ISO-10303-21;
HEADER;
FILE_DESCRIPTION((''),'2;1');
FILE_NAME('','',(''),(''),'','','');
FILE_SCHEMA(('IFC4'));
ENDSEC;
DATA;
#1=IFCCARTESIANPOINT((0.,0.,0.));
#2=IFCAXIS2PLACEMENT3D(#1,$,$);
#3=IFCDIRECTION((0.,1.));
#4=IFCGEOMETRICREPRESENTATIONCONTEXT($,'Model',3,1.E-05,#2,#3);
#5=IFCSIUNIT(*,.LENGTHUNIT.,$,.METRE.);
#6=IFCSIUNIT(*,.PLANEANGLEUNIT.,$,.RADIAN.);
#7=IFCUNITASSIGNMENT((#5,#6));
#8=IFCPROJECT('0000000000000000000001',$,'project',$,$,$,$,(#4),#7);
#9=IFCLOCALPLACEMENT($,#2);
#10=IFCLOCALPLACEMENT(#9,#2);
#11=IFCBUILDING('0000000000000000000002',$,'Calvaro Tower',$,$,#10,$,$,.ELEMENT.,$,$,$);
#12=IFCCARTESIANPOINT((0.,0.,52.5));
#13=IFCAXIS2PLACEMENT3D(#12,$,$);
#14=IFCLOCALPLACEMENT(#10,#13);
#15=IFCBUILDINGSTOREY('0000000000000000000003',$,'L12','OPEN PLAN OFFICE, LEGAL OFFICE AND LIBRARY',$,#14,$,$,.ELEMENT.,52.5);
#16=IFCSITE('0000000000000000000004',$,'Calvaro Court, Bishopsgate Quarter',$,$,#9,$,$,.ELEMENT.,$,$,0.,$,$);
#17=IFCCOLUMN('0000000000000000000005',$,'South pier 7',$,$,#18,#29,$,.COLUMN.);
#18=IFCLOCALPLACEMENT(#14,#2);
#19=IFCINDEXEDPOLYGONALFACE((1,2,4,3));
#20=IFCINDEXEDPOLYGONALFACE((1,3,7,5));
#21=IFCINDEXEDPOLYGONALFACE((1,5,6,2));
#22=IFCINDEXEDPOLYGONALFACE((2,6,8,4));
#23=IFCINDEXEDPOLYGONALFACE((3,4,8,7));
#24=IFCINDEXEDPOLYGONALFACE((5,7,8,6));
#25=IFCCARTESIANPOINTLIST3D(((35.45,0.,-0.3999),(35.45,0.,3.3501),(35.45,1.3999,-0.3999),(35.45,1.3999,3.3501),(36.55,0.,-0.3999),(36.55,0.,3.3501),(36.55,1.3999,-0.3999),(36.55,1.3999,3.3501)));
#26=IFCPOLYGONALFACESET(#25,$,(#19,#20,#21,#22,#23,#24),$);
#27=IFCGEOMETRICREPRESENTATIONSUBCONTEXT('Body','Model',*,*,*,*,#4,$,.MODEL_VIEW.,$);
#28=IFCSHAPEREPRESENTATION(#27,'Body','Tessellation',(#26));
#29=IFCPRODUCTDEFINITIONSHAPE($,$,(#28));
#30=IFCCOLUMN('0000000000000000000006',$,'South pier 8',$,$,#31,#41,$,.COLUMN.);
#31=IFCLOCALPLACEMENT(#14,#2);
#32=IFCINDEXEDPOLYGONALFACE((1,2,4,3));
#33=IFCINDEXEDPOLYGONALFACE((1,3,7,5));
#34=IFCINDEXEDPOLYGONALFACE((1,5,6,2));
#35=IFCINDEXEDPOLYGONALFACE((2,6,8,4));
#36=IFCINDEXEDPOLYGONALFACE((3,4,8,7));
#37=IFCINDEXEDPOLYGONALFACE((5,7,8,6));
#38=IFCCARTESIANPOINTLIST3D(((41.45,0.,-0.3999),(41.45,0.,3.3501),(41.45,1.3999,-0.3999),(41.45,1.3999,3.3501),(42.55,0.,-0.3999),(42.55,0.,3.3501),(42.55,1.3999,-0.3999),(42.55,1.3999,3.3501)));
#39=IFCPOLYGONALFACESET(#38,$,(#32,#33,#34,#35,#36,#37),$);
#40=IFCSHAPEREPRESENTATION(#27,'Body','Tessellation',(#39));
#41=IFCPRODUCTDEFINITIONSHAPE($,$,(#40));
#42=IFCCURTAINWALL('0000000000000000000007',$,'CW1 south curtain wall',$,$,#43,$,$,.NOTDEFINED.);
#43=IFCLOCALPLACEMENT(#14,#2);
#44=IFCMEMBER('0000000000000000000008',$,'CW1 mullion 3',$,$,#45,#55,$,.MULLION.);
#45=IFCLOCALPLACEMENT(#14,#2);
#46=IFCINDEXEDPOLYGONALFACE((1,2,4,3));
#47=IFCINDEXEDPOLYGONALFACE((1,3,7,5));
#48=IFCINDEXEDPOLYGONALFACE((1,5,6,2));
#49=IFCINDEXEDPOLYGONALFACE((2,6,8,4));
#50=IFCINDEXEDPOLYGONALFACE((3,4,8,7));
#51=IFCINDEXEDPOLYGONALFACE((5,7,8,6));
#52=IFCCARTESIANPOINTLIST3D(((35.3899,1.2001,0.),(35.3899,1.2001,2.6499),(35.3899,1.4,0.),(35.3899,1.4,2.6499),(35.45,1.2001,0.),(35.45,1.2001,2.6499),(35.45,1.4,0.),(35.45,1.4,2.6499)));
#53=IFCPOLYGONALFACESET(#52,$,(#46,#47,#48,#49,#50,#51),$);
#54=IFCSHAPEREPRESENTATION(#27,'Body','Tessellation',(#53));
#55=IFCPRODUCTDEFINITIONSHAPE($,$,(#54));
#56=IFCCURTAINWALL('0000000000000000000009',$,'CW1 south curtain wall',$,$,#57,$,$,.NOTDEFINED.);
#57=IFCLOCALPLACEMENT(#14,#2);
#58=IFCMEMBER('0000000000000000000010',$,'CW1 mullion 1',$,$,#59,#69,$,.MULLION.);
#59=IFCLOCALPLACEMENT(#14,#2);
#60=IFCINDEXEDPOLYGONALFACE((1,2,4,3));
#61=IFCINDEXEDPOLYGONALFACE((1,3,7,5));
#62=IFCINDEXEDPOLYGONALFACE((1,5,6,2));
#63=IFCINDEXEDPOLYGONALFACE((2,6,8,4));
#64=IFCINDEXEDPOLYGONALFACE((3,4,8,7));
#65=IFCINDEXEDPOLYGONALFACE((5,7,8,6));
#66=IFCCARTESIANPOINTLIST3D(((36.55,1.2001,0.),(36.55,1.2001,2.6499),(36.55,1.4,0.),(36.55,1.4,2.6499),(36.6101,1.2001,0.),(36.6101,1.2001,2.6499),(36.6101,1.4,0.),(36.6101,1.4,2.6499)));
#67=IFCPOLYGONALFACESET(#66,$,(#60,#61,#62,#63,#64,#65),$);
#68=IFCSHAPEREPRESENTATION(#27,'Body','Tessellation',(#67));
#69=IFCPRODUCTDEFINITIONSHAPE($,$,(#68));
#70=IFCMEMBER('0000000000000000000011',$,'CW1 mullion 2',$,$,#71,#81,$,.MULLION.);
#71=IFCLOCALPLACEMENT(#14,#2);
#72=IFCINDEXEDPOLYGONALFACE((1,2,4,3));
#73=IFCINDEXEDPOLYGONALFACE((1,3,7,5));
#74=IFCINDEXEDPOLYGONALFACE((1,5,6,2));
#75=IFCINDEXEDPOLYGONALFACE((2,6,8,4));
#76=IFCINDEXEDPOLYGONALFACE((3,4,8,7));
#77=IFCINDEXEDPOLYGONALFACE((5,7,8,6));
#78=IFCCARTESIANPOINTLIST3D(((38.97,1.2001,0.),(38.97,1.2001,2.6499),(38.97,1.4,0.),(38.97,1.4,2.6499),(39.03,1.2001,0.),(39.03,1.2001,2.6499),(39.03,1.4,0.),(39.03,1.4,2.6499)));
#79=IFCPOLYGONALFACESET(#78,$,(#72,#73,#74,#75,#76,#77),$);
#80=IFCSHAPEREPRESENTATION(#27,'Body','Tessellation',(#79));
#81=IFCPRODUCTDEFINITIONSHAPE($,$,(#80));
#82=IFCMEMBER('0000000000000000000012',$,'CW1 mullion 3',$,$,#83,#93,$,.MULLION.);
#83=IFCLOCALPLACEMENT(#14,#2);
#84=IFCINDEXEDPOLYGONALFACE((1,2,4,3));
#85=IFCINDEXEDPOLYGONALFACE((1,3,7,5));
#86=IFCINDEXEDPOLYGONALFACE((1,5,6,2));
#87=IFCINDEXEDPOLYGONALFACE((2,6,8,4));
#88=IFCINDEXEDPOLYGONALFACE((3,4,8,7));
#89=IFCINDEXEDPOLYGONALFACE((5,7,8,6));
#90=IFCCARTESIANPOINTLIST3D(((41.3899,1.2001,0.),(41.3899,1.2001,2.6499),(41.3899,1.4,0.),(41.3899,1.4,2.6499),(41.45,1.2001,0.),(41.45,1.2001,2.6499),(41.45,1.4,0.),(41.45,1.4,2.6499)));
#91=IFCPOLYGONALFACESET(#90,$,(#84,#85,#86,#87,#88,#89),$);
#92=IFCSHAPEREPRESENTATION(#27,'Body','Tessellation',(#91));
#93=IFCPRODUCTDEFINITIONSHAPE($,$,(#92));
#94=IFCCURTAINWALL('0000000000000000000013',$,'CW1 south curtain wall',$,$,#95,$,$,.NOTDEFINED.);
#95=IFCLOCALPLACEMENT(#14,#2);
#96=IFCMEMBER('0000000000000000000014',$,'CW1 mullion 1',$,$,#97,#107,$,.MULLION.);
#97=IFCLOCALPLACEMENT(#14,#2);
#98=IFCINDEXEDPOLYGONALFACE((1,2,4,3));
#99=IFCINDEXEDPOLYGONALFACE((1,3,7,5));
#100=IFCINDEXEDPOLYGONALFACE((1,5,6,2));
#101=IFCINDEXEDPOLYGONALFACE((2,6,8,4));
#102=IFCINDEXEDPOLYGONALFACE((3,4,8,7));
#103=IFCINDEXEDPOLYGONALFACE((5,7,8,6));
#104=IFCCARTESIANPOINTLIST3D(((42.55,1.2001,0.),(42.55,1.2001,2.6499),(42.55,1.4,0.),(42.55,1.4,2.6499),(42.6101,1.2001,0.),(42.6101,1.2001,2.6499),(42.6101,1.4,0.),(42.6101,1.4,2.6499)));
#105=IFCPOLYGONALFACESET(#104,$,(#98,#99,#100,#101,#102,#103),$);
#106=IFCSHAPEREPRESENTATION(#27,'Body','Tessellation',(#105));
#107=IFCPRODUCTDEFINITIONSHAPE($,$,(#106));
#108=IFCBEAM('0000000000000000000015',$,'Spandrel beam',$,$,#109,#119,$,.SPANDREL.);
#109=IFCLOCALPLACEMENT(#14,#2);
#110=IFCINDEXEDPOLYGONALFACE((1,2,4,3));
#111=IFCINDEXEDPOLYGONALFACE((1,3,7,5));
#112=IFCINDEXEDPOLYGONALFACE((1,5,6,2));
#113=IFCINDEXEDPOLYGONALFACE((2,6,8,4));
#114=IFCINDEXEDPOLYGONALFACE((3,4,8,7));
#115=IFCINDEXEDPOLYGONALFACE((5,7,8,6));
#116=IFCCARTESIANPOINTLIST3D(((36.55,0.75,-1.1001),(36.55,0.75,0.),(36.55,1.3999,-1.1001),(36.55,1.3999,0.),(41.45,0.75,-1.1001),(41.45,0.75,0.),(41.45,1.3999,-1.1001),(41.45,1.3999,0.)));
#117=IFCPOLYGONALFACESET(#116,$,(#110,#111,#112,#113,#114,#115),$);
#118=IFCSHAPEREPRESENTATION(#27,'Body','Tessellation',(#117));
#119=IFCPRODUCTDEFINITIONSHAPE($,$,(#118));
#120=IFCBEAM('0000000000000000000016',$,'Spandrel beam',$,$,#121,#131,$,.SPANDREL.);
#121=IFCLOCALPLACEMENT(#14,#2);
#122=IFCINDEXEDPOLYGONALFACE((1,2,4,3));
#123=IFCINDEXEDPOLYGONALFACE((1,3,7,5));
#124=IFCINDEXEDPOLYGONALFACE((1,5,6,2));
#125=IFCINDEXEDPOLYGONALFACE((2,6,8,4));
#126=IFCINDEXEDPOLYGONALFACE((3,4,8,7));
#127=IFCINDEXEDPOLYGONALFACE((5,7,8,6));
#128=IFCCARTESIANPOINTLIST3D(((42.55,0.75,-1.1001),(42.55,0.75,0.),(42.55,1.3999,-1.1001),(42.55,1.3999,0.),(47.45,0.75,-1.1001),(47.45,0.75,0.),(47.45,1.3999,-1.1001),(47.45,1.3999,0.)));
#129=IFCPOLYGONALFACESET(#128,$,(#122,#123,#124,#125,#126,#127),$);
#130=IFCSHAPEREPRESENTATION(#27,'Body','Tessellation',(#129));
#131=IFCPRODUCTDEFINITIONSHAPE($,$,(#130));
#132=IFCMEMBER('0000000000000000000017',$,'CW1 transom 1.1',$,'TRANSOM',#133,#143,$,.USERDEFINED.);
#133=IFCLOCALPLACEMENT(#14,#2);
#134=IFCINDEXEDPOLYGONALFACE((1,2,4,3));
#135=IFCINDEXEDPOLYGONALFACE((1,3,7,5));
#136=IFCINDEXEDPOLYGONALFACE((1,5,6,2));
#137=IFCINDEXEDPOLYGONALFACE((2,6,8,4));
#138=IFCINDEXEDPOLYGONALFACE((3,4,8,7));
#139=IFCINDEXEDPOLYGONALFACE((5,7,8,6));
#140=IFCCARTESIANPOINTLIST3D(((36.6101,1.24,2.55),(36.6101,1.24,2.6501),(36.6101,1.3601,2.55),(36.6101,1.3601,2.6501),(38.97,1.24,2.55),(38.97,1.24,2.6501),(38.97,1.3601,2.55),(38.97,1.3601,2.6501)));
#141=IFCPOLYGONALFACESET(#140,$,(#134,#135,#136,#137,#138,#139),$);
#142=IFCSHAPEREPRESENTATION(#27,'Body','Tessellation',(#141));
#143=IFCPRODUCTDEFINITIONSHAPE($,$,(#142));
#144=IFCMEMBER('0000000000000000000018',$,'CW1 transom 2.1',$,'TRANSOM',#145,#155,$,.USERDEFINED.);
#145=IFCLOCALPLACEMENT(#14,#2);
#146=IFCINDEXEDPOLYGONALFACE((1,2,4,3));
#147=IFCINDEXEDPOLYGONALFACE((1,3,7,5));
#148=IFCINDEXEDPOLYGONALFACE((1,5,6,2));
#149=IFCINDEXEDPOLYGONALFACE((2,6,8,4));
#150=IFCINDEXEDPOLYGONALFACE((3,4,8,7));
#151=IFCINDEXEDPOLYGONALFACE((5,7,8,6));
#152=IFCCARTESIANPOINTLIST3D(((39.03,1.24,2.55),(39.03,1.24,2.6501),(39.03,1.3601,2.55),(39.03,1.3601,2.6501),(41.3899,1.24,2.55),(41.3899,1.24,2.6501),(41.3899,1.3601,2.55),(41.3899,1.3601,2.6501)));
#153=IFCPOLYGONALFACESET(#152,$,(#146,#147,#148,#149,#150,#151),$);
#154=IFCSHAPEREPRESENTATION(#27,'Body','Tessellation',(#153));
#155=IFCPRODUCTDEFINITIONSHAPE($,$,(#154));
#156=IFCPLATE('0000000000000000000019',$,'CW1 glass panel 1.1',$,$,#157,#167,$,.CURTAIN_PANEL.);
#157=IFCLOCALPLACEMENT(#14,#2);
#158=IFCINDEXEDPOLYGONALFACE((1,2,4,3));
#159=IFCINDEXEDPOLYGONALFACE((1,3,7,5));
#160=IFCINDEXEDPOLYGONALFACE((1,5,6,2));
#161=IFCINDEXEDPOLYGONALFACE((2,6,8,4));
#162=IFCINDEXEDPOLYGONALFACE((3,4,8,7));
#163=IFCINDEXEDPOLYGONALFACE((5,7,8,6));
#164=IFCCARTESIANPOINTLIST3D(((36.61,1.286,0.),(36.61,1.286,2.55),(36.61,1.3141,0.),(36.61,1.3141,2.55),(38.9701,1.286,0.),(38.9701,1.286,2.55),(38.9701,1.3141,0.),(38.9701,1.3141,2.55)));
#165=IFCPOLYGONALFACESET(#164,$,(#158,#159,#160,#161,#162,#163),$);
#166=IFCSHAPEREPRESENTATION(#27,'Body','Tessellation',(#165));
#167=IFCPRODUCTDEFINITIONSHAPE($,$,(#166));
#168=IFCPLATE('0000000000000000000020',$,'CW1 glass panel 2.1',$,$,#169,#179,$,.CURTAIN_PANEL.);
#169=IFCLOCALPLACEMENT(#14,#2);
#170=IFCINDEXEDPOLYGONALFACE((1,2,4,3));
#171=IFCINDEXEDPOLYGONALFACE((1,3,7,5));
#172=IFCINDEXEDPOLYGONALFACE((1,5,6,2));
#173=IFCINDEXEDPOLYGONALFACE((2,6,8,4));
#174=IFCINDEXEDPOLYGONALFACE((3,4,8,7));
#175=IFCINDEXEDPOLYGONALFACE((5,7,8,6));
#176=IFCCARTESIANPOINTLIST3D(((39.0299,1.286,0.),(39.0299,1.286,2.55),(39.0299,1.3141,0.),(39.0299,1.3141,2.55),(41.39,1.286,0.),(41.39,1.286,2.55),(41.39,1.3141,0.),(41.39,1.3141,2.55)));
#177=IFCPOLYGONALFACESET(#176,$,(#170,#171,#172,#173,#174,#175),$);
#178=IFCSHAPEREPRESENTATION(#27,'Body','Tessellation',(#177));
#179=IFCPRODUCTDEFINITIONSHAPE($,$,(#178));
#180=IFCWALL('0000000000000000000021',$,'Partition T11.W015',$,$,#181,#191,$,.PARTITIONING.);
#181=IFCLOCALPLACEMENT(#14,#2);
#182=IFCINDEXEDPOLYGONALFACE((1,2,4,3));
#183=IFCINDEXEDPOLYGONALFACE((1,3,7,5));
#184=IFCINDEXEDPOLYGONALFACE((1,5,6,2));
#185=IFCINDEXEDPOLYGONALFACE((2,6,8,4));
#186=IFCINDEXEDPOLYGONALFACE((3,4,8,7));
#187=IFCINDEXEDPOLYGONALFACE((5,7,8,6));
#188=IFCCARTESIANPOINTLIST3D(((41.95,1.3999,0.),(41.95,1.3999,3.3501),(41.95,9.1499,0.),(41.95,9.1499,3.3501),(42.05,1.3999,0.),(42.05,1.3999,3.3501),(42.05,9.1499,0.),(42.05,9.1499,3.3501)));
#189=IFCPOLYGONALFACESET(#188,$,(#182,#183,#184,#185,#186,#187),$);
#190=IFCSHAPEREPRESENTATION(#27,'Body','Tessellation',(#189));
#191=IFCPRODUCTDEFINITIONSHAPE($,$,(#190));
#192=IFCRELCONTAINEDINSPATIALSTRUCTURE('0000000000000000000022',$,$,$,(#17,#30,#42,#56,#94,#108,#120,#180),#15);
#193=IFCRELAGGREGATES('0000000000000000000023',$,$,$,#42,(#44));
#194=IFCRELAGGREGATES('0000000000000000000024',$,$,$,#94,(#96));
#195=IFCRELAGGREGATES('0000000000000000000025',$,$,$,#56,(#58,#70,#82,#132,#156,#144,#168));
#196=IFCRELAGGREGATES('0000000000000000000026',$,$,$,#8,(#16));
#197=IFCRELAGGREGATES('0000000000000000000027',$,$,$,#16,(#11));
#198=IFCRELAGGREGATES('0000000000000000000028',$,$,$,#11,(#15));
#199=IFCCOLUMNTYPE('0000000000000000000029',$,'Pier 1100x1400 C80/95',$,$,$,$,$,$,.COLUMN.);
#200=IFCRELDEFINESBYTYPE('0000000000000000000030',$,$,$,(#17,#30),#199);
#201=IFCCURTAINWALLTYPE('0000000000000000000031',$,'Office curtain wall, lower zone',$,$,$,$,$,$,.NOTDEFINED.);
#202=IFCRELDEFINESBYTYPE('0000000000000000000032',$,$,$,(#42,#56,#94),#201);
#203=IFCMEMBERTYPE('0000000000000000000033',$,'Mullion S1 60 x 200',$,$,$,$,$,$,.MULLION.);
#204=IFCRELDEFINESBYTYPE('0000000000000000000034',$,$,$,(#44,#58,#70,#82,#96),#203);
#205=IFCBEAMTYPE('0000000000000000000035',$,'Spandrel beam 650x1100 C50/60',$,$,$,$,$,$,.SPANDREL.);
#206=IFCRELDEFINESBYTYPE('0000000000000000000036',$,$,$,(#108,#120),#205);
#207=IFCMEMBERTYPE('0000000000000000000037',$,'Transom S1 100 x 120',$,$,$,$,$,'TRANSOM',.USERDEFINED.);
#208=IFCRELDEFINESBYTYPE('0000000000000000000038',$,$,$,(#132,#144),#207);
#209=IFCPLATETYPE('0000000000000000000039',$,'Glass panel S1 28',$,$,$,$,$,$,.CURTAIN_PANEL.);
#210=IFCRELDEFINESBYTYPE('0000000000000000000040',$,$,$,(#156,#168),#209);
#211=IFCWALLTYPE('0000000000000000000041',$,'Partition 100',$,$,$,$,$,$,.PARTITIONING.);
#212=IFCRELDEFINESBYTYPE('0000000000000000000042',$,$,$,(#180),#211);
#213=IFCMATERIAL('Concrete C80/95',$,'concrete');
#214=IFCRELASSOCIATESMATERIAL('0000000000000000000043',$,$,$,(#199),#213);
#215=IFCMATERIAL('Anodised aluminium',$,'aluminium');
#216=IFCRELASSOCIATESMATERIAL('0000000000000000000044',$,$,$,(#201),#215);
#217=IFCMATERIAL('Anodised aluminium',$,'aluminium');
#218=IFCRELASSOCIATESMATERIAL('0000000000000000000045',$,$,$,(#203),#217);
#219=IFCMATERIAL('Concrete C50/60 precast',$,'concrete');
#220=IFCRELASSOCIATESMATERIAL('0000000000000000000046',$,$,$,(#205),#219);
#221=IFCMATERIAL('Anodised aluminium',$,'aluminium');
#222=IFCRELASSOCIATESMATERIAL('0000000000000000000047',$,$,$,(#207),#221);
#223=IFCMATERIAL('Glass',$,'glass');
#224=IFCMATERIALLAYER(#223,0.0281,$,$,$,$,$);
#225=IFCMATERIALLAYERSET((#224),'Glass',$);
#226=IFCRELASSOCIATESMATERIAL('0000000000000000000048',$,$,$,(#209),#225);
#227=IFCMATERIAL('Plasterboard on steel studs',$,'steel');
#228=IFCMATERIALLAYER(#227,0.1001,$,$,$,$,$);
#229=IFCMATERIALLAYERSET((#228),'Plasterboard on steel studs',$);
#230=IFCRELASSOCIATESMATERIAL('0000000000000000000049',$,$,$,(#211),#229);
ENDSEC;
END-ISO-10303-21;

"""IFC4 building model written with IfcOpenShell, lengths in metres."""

from ifc_helpers import new_model, si_unit, direction, frame, frame_2d, origin, origin_2d, place, context, subcontext, project, spatial, rectangle, extrude, material, layer, layer_set, material_profile, profile_set, type_object, element, aggregate, save


model = new_model("IFC4")

# Units and contexts
model_context = context("Model", 3, precision=1e-05, world=origin(), true_north=direction((0.0, 1.0)))
body_context = subcontext(model_context, "Body", "Model", "MODEL_VIEW")
ifc_project = project(units=[si_unit("LENGTHUNIT", "METRE"), si_unit("PLANEANGLEUNIT", "RADIAN")], contexts=[model_context])

# Site, building, storey
site_placement = place(None, origin())
site = spatial("IfcSite", under=ifc_project, at=site_placement, Name="Calvaro Court, Bishopsgate Quarter", CompositionType="ELEMENT", RefElevation=0.0)
building_placement = place(site_placement, origin())
building = spatial("IfcBuilding", under=site, at=building_placement, Name="Calvaro Tower", CompositionType="ELEMENT")
storey_placement = place(building_placement, frame((0.0, 0.0, 52.5)))
storey = spatial("IfcBuildingStorey", under=building, at=storey_placement, Name="L12", Description="OPEN PLAN OFFICE, LEGAL OFFICE AND LIBRARY", CompositionType="ELEMENT", Elevation=52.5)

# Columns
ifc_material_1 = material(Name="Concrete C80/95", Category="concrete")
ifc_material_profile_1 = material_profile(ifc_material_1, rectangle(XDim=1.1001, YDim=1.3999, at=origin_2d()), Name="RC 1100x1400")
ifc_profile_set_1 = profile_set([ifc_material_profile_1], Name="Concrete C80/95")
column_type = type_object("IfcColumnType", Name="Pier 1100x1400 C80/95", PredefinedType="COLUMN", material=ifc_profile_set_1)
for number, where, z_axis, x_axis, name in (
    (1, (36.0, 0.7, -0.3999), (0.0, 0.0, 1.0), (1.0, 0.0, 0.0), "South pier 7"),
    (2, (42.0, 0.7, -0.3999), (0.0, 0.0, 1.0), (1.0, 0.0, 0.0), "South pier 8"),
):
    element("IfcColumn", number, at=place(storey_placement, frame(where, z_axis=z_axis, x_axis=x_axis)), inside=storey, type_object=column_type, Name=name, PredefinedType="COLUMN", context=body_context, shape_type="SweptSolid", body=[
        extrude(rectangle(XDim=1.1001, YDim=1.3999, at=origin_2d()), origin(), (0.0, 0.0, 1.0), 3.75),
    ])

# Curtain wall, member
ifc_material_2 = material(Name="Anodised aluminium", Category="aluminium")
curtain_wall_type = type_object("IfcCurtainWallType", Name="Office curtain wall, lower zone", PredefinedType="NOTDEFINED", material=ifc_material_2)
curtain_wall_1_placement = place(storey_placement, origin())
curtain_wall_1 = element("IfcCurtainWall", 3, at=curtain_wall_1_placement, inside=storey, type_object=curtain_wall_type, Name="CW1 south curtain wall", PredefinedType="NOTDEFINED")
ifc_material_3 = material(Name="Anodised aluminium", Category="aluminium")
ifc_material_profile_2 = material_profile(ifc_material_3, rectangle(XDim=0.2, YDim=0.0601, at=origin_2d()), Name="Mullion S1 60 x 200")
ifc_profile_set_2 = profile_set([ifc_material_profile_2], Name="Anodised aluminium")
member_type_1 = type_object("IfcMemberType", Name="Mullion S1 60 x 200", PredefinedType="MULLION", material=ifc_profile_set_2)
member_1_placement = place(storey_placement, frame((35.4199, 1.3, 0.0), z_axis=(0.0, 0.0, 1.0), x_axis=(0.0, 1.0, 0.0)))
member_1 = element("IfcMember", 4, at=member_1_placement, type_object=member_type_1, Name="CW1 mullion 3", PredefinedType="MULLION", context=body_context, shape_type="SweptSolid", body=[
    extrude(rectangle(XDim=0.2, YDim=0.0601, at=origin_2d()), origin(), (0.0, 0.0, 1.0), 2.6499),
])
aggregate(curtain_wall_1, [member_1])

# Curtain wall, members
curtain_wall_2_placement = place(storey_placement, origin())
curtain_wall_2 = element("IfcCurtainWall", 5, at=curtain_wall_2_placement, inside=storey, type_object=curtain_wall_type, Name="CW1 south curtain wall", PredefinedType="NOTDEFINED")
member_2_placement = place(storey_placement, frame((36.5801, 1.3, 0.0), z_axis=(0.0, 0.0, 1.0), x_axis=(0.0, 1.0, 0.0)))
member_2 = element("IfcMember", 6, at=member_2_placement, type_object=member_type_1, Name="CW1 mullion 1", PredefinedType="MULLION", context=body_context, shape_type="SweptSolid", body=[
    extrude(rectangle(XDim=0.2, YDim=0.0601, at=origin_2d()), origin(), (0.0, 0.0, 1.0), 2.6499),
])
member_3_placement = place(storey_placement, frame((39.0, 1.3, 0.0), z_axis=(0.0, 0.0, 1.0), x_axis=(0.0, 1.0, 0.0)))
member_3 = element("IfcMember", 7, at=member_3_placement, type_object=member_type_1, Name="CW1 mullion 2", PredefinedType="MULLION", context=body_context, shape_type="SweptSolid", body=[
    extrude(rectangle(XDim=0.2, YDim=0.0601, at=origin_2d()), origin(), (0.0, 0.0, 1.0), 2.6499),
])
member_4_placement = place(storey_placement, frame((41.4199, 1.3, 0.0), z_axis=(0.0, 0.0, 1.0), x_axis=(0.0, 1.0, 0.0)))
member_4 = element("IfcMember", 8, at=member_4_placement, type_object=member_type_1, Name="CW1 mullion 3", PredefinedType="MULLION", context=body_context, shape_type="SweptSolid", body=[
    extrude(rectangle(XDim=0.2, YDim=0.0601, at=origin_2d()), origin(), (0.0, 0.0, 1.0), 2.6499),
])

# Curtain wall, member
curtain_wall_3_placement = place(storey_placement, origin())
curtain_wall_3 = element("IfcCurtainWall", 9, at=curtain_wall_3_placement, inside=storey, type_object=curtain_wall_type, Name="CW1 south curtain wall", PredefinedType="NOTDEFINED")
member_5_placement = place(storey_placement, frame((42.5801, 1.3, 0.0), z_axis=(0.0, 0.0, 1.0), x_axis=(0.0, 1.0, 0.0)))
member_5 = element("IfcMember", 10, at=member_5_placement, type_object=member_type_1, Name="CW1 mullion 1", PredefinedType="MULLION", context=body_context, shape_type="SweptSolid", body=[
    extrude(rectangle(XDim=0.2, YDim=0.0601, at=origin_2d()), origin(), (0.0, 0.0, 1.0), 2.6499),
])
aggregate(curtain_wall_3, [member_5])

# Beams
ifc_material_4 = material(Name="Concrete C50/60 precast", Category="concrete")
ifc_material_profile_3 = material_profile(ifc_material_4, rectangle(XDim=0.6499, YDim=1.1001, at=origin_2d()), Name="RC 650x1100")
ifc_profile_set_3 = profile_set([ifc_material_profile_3], Name="Concrete C50/60 precast")
beam_type = type_object("IfcBeamType", Name="Spandrel beam 650x1100 C50/60", PredefinedType="SPANDREL", material=ifc_profile_set_3)
for number, where, z_axis, x_axis, name in (
    (11, (36.55, 1.075, -0.55), (1.0, 0.0, 0.0), (0.0, 1.0, 0.0), "Spandrel beam"),
    (12, (42.55, 1.075, -0.55), (1.0, 0.0, 0.0), (0.0, 1.0, 0.0), "Spandrel beam"),
):
    element("IfcBeam", number, at=place(storey_placement, frame(where, z_axis=z_axis, x_axis=x_axis)), inside=storey, type_object=beam_type, Name=name, PredefinedType="SPANDREL", context=body_context, shape_type="SweptSolid", body=[
        extrude(rectangle(XDim=0.6499, YDim=1.1001, at=origin_2d()), origin(), (0.0, 0.0, 1.0), 4.8999),
    ])

# Members
ifc_material_5 = material(Name="Anodised aluminium", Category="aluminium")
ifc_material_profile_4 = material_profile(ifc_material_5, rectangle(XDim=0.1201, YDim=0.1001, at=origin_2d()), Name="Transom S1 100 x 120")
ifc_profile_set_4 = profile_set([ifc_material_profile_4], Name="Anodised aluminium")
member_type_2 = type_object("IfcMemberType", Name="Transom S1 100 x 120", ElementType="TRANSOM", PredefinedType="USERDEFINED", material=ifc_profile_set_4)
member_6_placement = place(storey_placement, frame((36.6101, 1.3, 2.6001), z_axis=(1.0, 0.0, 0.0), x_axis=(0.0, 1.0, 0.0)))
member_6 = element("IfcMember", 13, at=member_6_placement, type_object=member_type_2, Name="CW1 transom 1.1", ObjectType="TRANSOM", PredefinedType="USERDEFINED", context=body_context, shape_type="SweptSolid", body=[
    extrude(rectangle(XDim=0.1201, YDim=0.1001, at=origin_2d()), origin(), (0.0, 0.0, 1.0), 2.3599),
])
member_7_placement = place(storey_placement, frame((39.03, 1.3, 2.6001), z_axis=(1.0, 0.0, 0.0), x_axis=(0.0, 1.0, 0.0)))
member_7 = element("IfcMember", 14, at=member_7_placement, type_object=member_type_2, Name="CW1 transom 2.1", ObjectType="TRANSOM", PredefinedType="USERDEFINED", context=body_context, shape_type="SweptSolid", body=[
    extrude(rectangle(XDim=0.1201, YDim=0.1001, at=origin_2d()), origin(), (0.0, 0.0, 1.0), 2.3599),
])

# Plates
ifc_material_6 = material(Name="Glass", Category="glass")
ifc_layer_1 = layer(ifc_material_6, 0.0281)
ifc_layer_set_1 = layer_set([ifc_layer_1], Name="Glass")
plate_type = type_object("IfcPlateType", Name="Glass panel S1 28", PredefinedType="CURTAIN_PANEL", material=ifc_layer_set_1)
plate_1_placement = place(storey_placement, frame((37.79, 1.3, 0.0), z_axis=(0.0, 0.0, 1.0), x_axis=(1.0, 0.0, 0.0)))
plate_1 = element("IfcPlate", 15, at=plate_1_placement, type_object=plate_type, Name="CW1 glass panel 1.1", PredefinedType="CURTAIN_PANEL", context=body_context, shape_type="SweptSolid", body=[
    extrude(rectangle(XDim=2.3601, YDim=0.0281, at=origin_2d()), origin(), (0.0, 0.0, 1.0), 2.55),
])
plate_2_placement = place(storey_placement, frame((40.21, 1.3, 0.0), z_axis=(0.0, 0.0, 1.0), x_axis=(1.0, 0.0, 0.0)))
plate_2 = element("IfcPlate", 16, at=plate_2_placement, type_object=plate_type, Name="CW1 glass panel 2.1", PredefinedType="CURTAIN_PANEL", context=body_context, shape_type="SweptSolid", body=[
    extrude(rectangle(XDim=2.3601, YDim=0.0281, at=origin_2d()), origin(), (0.0, 0.0, 1.0), 2.55),
])
aggregate(curtain_wall_2, [member_2, member_3, member_4, member_6, plate_1, member_7, plate_2])

# Wall
ifc_material_7 = material(Name="Plasterboard on steel studs", Category="steel")
ifc_layer_2 = layer(ifc_material_7, 0.1001)
ifc_layer_set_2 = layer_set([ifc_layer_2], Name="Plasterboard on steel studs")
wall_type = type_object("IfcWallType", Name="Partition 100", PredefinedType="PARTITIONING", material=ifc_layer_set_2)
wall_placement = place(storey_placement, frame((42.0, 1.3999, 0.0), z_axis=(0.0, 0.0, 1.0), x_axis=(0.0, 1.0, 0.0)))
element("IfcWall", 17, at=wall_placement, inside=storey, type_object=wall_type, Name="Partition T11.W015", PredefinedType="PARTITIONING", context=body_context, shape_type="SweptSolid", body=[
    extrude(rectangle(XDim=7.75, YDim=0.1001, at=frame_2d((3.875, 0.0))), origin(), (0.0, 0.0, 1.0), 3.3501),
])

save(model, "model.ifc")
